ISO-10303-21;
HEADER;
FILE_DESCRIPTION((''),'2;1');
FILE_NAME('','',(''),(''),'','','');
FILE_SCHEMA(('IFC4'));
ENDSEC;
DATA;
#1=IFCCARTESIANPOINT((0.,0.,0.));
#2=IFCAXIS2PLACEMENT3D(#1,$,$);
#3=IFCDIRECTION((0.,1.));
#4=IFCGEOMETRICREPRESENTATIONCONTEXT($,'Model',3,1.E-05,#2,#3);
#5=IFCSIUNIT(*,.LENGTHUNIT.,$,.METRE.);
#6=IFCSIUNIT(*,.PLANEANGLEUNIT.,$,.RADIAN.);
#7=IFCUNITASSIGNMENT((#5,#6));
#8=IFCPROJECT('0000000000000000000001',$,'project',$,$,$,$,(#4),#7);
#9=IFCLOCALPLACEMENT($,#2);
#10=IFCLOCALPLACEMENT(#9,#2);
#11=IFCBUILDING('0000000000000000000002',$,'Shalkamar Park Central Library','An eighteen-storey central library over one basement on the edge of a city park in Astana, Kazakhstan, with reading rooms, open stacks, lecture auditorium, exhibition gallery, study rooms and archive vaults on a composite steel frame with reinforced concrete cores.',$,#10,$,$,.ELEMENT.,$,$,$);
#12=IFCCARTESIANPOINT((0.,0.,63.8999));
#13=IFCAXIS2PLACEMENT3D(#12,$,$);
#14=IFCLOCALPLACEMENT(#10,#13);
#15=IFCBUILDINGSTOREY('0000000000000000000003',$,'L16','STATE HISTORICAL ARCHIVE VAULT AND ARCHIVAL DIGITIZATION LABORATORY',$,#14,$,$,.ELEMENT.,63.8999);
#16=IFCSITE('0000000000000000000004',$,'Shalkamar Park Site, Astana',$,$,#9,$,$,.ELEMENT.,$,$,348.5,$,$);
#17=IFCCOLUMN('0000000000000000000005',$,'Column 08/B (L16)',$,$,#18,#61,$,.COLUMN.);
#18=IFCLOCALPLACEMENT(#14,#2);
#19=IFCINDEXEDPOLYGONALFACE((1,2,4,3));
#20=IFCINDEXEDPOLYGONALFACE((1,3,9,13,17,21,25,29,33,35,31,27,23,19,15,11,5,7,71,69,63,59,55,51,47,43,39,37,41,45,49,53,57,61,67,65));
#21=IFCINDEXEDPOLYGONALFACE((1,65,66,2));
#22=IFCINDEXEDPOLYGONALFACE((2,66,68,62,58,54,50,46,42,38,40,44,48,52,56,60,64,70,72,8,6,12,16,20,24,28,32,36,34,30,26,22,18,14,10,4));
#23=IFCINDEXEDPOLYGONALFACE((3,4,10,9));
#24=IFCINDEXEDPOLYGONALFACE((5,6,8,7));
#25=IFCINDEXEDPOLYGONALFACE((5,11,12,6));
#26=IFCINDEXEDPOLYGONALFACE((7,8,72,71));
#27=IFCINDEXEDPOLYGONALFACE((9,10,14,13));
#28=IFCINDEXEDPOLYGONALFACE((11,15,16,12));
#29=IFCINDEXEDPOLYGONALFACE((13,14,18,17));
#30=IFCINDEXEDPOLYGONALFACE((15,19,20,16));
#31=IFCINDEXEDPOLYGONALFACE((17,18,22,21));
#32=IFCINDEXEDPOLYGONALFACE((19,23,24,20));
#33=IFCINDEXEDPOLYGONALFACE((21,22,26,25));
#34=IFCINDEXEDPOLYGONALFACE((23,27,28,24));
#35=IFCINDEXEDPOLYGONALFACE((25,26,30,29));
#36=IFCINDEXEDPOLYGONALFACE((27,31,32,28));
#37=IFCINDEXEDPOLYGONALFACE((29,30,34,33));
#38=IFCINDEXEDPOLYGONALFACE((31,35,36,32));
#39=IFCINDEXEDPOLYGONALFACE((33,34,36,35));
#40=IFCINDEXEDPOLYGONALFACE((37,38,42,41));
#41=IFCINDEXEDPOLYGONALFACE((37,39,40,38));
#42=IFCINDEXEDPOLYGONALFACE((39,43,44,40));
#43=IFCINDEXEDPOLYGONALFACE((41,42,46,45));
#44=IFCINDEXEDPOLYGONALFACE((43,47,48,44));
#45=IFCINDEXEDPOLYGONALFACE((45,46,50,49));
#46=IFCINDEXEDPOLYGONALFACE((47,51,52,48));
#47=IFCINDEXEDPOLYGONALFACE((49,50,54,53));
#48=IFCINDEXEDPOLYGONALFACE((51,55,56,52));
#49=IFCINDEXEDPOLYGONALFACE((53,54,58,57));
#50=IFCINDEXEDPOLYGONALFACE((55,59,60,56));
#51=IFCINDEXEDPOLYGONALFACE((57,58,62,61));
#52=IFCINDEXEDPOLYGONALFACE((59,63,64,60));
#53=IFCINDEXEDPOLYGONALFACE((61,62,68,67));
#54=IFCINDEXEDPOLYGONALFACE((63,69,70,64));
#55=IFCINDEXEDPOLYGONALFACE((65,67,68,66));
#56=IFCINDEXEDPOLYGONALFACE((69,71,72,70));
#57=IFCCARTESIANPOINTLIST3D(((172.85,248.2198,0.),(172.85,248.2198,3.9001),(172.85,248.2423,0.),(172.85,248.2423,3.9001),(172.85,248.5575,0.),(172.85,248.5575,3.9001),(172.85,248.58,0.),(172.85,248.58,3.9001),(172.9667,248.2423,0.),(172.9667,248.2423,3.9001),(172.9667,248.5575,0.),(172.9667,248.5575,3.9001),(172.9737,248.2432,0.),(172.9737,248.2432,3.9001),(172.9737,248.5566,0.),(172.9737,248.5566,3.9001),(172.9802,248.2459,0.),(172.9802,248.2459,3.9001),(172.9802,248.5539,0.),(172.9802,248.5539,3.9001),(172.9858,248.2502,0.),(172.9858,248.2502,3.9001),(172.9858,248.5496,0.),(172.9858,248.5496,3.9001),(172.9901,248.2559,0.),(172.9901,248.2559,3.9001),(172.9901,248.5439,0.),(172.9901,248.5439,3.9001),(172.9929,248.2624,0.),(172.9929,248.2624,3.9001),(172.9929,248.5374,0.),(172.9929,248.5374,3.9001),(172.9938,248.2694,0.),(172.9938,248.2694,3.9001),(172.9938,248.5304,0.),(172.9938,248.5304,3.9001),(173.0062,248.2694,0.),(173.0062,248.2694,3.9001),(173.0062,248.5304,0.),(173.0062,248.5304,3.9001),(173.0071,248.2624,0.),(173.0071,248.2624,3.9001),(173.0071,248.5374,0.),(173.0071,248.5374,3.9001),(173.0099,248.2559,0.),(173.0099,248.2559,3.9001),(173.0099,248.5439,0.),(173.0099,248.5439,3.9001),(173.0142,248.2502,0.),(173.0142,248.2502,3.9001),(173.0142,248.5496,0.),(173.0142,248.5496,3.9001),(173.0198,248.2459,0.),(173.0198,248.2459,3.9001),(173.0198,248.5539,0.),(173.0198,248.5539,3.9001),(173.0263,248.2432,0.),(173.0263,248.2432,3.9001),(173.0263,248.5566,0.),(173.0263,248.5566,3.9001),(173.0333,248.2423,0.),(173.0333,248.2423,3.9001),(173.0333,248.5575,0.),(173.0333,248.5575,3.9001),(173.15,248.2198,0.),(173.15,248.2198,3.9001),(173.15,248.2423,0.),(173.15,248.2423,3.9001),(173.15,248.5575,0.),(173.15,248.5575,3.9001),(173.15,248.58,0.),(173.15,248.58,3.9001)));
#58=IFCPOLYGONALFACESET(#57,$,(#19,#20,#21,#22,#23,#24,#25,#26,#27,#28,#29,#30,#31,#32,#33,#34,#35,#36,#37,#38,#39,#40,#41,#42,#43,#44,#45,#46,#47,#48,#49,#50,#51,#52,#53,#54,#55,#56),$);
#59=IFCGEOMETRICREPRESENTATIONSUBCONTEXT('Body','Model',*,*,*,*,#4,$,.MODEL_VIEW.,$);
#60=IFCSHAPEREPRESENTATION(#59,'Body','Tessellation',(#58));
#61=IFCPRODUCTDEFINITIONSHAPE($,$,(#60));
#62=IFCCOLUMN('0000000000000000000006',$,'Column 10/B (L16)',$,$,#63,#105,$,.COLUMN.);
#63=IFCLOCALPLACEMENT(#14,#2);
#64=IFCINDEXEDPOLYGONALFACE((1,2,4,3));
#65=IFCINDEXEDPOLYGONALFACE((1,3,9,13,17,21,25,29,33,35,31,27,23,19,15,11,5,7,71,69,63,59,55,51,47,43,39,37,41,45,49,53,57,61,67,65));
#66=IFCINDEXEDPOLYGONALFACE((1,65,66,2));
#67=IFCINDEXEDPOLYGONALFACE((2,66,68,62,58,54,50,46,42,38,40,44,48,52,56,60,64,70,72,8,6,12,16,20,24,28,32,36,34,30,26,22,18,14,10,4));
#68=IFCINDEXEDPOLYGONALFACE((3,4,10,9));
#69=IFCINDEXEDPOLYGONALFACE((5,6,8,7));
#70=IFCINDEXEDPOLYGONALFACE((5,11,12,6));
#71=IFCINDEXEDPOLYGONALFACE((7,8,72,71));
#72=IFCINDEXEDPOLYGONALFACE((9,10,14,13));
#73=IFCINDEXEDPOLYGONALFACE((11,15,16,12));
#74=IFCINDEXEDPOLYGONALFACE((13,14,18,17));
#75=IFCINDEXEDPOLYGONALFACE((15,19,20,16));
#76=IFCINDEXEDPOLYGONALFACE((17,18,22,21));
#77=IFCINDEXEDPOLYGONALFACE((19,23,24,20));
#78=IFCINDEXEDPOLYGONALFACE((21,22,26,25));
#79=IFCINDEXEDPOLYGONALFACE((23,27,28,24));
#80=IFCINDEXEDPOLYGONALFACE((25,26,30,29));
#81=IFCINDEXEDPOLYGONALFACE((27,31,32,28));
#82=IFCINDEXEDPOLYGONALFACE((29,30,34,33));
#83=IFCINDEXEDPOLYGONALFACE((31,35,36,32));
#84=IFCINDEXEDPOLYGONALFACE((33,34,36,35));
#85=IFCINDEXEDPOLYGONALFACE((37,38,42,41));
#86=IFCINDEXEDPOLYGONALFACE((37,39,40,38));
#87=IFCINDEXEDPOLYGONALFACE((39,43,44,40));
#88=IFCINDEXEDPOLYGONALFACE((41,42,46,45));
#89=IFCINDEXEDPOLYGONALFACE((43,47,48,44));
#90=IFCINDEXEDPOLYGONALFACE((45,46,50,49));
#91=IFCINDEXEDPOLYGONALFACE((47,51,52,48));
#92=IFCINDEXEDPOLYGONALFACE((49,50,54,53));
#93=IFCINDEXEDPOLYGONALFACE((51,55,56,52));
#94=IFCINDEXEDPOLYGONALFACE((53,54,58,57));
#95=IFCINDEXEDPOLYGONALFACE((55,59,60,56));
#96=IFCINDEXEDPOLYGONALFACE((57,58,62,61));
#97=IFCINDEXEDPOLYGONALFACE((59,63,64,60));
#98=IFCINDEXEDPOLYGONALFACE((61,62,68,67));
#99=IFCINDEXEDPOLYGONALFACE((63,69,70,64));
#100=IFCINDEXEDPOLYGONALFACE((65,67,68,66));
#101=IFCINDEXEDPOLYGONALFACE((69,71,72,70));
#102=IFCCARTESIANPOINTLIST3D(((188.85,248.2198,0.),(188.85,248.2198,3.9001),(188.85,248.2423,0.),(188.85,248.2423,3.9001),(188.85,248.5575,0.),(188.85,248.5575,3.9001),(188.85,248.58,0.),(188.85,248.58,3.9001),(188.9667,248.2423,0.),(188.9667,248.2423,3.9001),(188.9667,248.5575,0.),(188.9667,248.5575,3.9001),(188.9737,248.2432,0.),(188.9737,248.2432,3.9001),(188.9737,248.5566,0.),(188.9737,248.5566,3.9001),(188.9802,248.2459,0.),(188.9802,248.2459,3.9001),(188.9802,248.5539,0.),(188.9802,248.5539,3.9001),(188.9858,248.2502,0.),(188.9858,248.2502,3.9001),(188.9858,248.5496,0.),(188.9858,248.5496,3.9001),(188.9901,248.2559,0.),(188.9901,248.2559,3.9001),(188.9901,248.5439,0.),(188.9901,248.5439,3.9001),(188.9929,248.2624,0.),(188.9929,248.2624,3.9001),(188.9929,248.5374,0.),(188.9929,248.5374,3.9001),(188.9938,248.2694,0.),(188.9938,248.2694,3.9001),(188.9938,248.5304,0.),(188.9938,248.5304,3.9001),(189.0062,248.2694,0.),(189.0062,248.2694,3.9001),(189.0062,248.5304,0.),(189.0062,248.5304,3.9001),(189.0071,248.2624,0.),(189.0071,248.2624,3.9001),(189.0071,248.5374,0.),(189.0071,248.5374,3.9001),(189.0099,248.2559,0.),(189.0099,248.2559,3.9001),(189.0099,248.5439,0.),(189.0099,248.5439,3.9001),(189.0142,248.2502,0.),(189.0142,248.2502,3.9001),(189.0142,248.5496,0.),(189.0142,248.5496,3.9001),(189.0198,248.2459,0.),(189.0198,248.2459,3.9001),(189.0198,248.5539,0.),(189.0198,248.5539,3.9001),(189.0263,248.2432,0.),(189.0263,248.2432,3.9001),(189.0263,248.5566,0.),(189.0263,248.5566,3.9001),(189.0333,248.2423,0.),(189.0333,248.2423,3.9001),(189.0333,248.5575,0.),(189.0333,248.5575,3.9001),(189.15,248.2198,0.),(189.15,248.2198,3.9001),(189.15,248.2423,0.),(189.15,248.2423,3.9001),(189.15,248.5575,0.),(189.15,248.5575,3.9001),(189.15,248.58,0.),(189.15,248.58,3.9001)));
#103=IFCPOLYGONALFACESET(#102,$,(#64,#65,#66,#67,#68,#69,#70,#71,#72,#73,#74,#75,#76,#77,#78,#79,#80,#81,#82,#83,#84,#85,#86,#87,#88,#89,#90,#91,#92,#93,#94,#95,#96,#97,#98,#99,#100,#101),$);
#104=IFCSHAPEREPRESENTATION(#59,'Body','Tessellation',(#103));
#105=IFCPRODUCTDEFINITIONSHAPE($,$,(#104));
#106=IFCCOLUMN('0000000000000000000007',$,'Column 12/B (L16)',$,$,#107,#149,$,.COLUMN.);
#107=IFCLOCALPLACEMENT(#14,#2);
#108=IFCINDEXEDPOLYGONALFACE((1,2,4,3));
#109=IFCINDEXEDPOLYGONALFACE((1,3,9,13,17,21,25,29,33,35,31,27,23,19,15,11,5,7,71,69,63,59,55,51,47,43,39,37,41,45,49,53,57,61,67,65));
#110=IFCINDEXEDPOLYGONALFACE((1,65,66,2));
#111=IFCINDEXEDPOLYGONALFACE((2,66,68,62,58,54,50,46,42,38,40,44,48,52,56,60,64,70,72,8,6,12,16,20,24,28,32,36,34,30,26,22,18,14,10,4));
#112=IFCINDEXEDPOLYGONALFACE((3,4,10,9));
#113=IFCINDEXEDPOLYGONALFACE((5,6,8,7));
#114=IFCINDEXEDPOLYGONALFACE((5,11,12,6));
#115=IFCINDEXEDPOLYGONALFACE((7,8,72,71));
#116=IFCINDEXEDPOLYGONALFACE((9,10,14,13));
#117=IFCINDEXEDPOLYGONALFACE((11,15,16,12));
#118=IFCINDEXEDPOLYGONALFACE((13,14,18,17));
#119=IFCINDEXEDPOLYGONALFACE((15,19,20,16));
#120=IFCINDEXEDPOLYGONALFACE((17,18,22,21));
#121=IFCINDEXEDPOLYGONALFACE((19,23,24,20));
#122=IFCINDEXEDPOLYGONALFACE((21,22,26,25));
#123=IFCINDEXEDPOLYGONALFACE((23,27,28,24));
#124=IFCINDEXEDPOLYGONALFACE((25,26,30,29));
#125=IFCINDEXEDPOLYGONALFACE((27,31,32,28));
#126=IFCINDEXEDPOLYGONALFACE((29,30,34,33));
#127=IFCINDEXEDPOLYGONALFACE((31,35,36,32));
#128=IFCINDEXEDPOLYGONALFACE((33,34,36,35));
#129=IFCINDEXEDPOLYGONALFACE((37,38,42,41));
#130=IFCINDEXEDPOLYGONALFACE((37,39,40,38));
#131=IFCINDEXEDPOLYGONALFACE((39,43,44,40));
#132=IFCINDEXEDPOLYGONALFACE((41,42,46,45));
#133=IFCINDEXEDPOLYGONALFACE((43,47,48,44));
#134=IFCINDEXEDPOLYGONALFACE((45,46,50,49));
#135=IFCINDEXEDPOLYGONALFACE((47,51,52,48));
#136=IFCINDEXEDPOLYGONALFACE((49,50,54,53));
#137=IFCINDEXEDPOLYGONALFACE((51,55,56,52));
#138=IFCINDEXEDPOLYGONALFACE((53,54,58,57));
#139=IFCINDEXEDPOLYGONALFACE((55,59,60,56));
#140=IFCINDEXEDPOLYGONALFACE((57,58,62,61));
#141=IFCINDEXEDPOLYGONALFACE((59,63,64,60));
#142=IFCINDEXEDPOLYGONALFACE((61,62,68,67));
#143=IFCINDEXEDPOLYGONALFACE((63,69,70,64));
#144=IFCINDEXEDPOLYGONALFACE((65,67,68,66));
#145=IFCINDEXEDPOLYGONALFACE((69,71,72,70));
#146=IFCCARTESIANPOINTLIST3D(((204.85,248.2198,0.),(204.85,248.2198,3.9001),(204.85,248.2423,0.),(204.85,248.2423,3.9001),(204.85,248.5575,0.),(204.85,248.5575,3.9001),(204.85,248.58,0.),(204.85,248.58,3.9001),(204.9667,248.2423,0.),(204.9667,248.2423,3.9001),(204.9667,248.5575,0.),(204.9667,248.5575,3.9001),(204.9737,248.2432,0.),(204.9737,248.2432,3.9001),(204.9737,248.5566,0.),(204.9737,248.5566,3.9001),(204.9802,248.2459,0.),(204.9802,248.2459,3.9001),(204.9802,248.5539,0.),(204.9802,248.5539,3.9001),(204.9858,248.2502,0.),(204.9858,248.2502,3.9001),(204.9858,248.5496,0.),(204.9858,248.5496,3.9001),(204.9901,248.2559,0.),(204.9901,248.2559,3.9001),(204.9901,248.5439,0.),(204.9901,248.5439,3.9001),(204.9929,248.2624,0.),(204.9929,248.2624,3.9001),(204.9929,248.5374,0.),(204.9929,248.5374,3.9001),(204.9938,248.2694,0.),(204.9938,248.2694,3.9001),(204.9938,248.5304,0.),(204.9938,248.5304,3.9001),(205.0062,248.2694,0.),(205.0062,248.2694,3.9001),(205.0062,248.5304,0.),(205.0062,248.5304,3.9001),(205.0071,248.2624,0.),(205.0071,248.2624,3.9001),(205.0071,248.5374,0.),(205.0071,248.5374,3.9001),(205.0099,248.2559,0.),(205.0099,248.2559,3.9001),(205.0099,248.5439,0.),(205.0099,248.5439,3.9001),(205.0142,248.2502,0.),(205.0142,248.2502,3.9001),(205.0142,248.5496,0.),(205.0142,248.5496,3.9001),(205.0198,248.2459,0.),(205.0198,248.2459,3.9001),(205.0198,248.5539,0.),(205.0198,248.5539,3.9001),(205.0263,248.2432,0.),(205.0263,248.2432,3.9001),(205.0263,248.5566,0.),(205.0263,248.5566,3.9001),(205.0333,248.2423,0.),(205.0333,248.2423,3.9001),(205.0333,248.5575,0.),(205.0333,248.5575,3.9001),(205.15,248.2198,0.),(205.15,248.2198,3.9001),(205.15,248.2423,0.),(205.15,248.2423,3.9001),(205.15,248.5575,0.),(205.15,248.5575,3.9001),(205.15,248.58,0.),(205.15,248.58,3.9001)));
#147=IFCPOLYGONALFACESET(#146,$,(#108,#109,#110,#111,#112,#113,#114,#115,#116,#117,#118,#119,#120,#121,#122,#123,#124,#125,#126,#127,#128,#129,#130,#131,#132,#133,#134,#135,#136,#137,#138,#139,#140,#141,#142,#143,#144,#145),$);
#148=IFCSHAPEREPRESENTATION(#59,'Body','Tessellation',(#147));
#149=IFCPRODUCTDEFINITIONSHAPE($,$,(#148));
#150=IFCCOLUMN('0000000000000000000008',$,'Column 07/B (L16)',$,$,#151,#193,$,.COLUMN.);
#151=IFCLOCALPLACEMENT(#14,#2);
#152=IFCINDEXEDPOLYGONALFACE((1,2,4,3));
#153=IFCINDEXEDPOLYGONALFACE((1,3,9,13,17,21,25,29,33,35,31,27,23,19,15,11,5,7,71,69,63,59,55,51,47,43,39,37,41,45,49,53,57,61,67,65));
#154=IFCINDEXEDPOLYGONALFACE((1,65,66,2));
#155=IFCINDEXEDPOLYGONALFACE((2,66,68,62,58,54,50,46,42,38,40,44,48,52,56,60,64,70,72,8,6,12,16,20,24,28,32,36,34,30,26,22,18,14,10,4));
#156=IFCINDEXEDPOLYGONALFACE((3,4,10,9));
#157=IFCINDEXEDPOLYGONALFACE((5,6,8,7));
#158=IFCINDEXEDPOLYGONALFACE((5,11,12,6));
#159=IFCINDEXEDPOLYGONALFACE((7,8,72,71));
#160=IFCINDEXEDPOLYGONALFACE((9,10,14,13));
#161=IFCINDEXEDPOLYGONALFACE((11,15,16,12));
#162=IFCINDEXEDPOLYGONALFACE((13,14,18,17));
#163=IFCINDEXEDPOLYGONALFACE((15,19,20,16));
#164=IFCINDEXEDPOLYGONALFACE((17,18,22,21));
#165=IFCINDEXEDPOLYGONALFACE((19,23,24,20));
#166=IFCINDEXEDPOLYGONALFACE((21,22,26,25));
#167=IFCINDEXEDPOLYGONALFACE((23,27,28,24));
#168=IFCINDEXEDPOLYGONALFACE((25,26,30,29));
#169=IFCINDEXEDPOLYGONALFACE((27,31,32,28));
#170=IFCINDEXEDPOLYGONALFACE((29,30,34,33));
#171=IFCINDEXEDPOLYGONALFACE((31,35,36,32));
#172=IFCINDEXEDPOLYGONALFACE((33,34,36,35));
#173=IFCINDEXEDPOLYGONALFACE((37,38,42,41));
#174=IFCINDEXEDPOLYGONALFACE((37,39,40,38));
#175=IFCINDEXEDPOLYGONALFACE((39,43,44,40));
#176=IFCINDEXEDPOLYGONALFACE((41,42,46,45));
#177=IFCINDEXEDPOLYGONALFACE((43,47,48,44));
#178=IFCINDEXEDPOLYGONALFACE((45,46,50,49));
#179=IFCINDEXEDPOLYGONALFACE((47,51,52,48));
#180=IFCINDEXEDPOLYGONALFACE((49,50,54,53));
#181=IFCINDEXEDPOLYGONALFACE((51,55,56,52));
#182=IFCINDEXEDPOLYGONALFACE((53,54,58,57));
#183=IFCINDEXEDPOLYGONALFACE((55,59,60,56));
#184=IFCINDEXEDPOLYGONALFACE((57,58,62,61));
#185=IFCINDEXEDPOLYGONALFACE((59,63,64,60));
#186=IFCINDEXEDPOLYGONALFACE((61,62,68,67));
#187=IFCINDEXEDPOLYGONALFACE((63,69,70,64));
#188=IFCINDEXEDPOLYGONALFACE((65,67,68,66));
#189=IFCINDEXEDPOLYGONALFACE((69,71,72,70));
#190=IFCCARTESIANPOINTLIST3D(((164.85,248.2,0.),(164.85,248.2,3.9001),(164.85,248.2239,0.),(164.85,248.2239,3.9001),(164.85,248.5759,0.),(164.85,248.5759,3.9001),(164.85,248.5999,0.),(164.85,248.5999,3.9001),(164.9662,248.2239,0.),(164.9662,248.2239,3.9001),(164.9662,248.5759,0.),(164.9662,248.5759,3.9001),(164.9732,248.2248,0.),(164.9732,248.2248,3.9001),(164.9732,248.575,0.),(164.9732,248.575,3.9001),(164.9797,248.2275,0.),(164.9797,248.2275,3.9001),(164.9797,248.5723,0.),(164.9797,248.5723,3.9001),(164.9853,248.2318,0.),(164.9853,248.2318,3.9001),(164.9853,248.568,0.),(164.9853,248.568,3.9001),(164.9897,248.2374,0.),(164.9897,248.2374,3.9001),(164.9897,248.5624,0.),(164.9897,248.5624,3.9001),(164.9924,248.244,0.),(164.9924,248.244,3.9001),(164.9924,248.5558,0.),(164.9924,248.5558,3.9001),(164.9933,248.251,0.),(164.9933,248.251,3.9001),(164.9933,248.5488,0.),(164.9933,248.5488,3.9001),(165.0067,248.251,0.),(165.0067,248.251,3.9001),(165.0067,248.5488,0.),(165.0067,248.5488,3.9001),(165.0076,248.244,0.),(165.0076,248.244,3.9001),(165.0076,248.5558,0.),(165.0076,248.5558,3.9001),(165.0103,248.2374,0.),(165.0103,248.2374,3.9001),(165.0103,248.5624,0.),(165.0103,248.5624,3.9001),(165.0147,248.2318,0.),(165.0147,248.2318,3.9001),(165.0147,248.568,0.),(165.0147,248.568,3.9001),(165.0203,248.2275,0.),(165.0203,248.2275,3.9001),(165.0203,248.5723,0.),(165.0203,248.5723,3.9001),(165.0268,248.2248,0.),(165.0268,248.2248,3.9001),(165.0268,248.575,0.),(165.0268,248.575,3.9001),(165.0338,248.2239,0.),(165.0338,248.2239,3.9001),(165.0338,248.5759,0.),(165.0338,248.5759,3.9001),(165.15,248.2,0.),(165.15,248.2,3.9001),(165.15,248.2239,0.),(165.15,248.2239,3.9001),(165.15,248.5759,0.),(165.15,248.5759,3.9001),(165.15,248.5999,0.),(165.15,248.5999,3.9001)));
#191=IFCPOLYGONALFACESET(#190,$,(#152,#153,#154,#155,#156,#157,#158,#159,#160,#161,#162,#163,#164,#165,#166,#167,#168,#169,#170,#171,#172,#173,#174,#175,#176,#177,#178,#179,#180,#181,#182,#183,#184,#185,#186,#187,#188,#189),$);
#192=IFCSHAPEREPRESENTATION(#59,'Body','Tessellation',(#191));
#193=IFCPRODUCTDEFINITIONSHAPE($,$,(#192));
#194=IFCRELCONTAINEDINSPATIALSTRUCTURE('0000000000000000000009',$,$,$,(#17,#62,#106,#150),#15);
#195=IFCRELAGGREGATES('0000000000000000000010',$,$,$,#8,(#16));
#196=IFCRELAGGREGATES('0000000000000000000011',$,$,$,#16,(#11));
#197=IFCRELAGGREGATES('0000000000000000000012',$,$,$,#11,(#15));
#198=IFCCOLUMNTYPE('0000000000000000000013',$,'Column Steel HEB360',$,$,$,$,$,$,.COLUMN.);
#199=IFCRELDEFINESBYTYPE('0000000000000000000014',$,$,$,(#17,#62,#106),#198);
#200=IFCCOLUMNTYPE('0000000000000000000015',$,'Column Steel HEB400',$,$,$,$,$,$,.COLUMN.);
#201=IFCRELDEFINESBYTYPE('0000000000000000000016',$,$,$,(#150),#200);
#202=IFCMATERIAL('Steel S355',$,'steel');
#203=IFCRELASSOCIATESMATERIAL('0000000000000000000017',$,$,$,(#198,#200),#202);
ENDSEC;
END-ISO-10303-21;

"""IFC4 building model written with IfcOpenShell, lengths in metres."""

from ifc_helpers import new_model, si_unit, direction, frame, origin, origin_2d, place, context, subcontext, project, spatial, i_section, extrude, material, material_profile, profile_set, type_object, element, save


model = new_model("IFC4")

# Units and contexts
model_context = context("Model", 3, precision=1e-05, world=origin(), true_north=direction((0.0, 1.0)))
body_context = subcontext(model_context, "Body", "Model", "MODEL_VIEW")
ifc_project = project(units=[si_unit("LENGTHUNIT", "METRE"), si_unit("PLANEANGLEUNIT", "RADIAN")], contexts=[model_context])

# Site, building, storey
site_placement = place(None, origin())
site = spatial("IfcSite", under=ifc_project, at=site_placement, Name="Shalkamar Park Site, Astana", CompositionType="ELEMENT", RefElevation=348.5)
building_placement = place(site_placement, origin())
building = spatial("IfcBuilding", under=site, at=building_placement, Name="Shalkamar Park Central Library", Description="An eighteen-storey central library over one basement on the edge of a city park in Astana, Kazakhstan, with reading rooms, open stacks, lecture auditorium, exhibition gallery, study rooms and archive vaults on a composite steel frame with reinforced concrete cores.", CompositionType="ELEMENT")
storey_placement = place(building_placement, frame((0.0, 0.0, 63.8999)))
storey = spatial("IfcBuildingStorey", under=building, at=storey_placement, Name="L16", Description="STATE HISTORICAL ARCHIVE VAULT AND ARCHIVAL DIGITIZATION LABORATORY", CompositionType="ELEMENT", Elevation=63.8999)

# Columns
ifc_material_1 = material(Name="Steel S355", Category="steel")
ifc_material_profile_1 = material_profile(ifc_material_1, i_section(OverallWidth=0.3, OverallDepth=0.3601, WebThickness=0.0125, FlangeThickness=0.0225, FilletRadius=0.0271, at=origin_2d()), Name="HEB 360")
ifc_profile_set_1 = profile_set([ifc_material_profile_1], Name="Steel S355")
column_type_1 = type_object("IfcColumnType", Name="Column Steel HEB360", PredefinedType="COLUMN", material=ifc_profile_set_1)
for number, where, z_axis, x_axis, name in (
    (1, (173.0, 248.3999, 0.0), (0.0, 0.0, 1.0), (1.0, 0.0, 0.0), "Column 08/B (L16)"),
    (2, (189.0, 248.3999, 0.0), (0.0, 0.0, 1.0), (1.0, 0.0, 0.0), "Column 10/B (L16)"),
    (3, (205.0, 248.3999, 0.0), (0.0, 0.0, 1.0), (1.0, 0.0, 0.0), "Column 12/B (L16)"),
):
    element("IfcColumn", number, at=place(storey_placement, frame(where, z_axis=z_axis, x_axis=x_axis)), inside=storey, type_object=column_type_1, Name=name, PredefinedType="COLUMN", context=body_context, shape_type="SweptSolid", body=[
        extrude(i_section(OverallWidth=0.3, OverallDepth=0.3601, WebThickness=0.0125, FlangeThickness=0.0225, FilletRadius=0.0271, at=origin_2d()), origin(), (0.0, 0.0, 1.0), 3.9001),
    ])
ifc_material_profile_2 = material_profile(ifc_material_1, i_section(OverallWidth=0.3, OverallDepth=0.3999, WebThickness=0.0134, FlangeThickness=0.0239, FilletRadius=0.0271, at=origin_2d()), Name="HEB 400")
ifc_profile_set_2 = profile_set([ifc_material_profile_2], Name="Steel S355")
column_type_2 = type_object("IfcColumnType", Name="Column Steel HEB400", PredefinedType="COLUMN", material=ifc_profile_set_2)
for number, where, z_axis, x_axis, name in (
    (4, (165.0, 248.3999, 0.0), (0.0, 0.0, 1.0), (1.0, 0.0, 0.0), "Column 07/B (L16)"),
):
    element("IfcColumn", number, at=place(storey_placement, frame(where, z_axis=z_axis, x_axis=x_axis)), inside=storey, type_object=column_type_2, Name=name, PredefinedType="COLUMN", context=body_context, shape_type="SweptSolid", body=[
        extrude(i_section(OverallWidth=0.3, OverallDepth=0.3999, WebThickness=0.0134, FlangeThickness=0.0239, FilletRadius=0.0271, at=origin_2d()), origin(), (0.0, 0.0, 1.0), 3.9001),
    ])

save(model, "model.ifc")
